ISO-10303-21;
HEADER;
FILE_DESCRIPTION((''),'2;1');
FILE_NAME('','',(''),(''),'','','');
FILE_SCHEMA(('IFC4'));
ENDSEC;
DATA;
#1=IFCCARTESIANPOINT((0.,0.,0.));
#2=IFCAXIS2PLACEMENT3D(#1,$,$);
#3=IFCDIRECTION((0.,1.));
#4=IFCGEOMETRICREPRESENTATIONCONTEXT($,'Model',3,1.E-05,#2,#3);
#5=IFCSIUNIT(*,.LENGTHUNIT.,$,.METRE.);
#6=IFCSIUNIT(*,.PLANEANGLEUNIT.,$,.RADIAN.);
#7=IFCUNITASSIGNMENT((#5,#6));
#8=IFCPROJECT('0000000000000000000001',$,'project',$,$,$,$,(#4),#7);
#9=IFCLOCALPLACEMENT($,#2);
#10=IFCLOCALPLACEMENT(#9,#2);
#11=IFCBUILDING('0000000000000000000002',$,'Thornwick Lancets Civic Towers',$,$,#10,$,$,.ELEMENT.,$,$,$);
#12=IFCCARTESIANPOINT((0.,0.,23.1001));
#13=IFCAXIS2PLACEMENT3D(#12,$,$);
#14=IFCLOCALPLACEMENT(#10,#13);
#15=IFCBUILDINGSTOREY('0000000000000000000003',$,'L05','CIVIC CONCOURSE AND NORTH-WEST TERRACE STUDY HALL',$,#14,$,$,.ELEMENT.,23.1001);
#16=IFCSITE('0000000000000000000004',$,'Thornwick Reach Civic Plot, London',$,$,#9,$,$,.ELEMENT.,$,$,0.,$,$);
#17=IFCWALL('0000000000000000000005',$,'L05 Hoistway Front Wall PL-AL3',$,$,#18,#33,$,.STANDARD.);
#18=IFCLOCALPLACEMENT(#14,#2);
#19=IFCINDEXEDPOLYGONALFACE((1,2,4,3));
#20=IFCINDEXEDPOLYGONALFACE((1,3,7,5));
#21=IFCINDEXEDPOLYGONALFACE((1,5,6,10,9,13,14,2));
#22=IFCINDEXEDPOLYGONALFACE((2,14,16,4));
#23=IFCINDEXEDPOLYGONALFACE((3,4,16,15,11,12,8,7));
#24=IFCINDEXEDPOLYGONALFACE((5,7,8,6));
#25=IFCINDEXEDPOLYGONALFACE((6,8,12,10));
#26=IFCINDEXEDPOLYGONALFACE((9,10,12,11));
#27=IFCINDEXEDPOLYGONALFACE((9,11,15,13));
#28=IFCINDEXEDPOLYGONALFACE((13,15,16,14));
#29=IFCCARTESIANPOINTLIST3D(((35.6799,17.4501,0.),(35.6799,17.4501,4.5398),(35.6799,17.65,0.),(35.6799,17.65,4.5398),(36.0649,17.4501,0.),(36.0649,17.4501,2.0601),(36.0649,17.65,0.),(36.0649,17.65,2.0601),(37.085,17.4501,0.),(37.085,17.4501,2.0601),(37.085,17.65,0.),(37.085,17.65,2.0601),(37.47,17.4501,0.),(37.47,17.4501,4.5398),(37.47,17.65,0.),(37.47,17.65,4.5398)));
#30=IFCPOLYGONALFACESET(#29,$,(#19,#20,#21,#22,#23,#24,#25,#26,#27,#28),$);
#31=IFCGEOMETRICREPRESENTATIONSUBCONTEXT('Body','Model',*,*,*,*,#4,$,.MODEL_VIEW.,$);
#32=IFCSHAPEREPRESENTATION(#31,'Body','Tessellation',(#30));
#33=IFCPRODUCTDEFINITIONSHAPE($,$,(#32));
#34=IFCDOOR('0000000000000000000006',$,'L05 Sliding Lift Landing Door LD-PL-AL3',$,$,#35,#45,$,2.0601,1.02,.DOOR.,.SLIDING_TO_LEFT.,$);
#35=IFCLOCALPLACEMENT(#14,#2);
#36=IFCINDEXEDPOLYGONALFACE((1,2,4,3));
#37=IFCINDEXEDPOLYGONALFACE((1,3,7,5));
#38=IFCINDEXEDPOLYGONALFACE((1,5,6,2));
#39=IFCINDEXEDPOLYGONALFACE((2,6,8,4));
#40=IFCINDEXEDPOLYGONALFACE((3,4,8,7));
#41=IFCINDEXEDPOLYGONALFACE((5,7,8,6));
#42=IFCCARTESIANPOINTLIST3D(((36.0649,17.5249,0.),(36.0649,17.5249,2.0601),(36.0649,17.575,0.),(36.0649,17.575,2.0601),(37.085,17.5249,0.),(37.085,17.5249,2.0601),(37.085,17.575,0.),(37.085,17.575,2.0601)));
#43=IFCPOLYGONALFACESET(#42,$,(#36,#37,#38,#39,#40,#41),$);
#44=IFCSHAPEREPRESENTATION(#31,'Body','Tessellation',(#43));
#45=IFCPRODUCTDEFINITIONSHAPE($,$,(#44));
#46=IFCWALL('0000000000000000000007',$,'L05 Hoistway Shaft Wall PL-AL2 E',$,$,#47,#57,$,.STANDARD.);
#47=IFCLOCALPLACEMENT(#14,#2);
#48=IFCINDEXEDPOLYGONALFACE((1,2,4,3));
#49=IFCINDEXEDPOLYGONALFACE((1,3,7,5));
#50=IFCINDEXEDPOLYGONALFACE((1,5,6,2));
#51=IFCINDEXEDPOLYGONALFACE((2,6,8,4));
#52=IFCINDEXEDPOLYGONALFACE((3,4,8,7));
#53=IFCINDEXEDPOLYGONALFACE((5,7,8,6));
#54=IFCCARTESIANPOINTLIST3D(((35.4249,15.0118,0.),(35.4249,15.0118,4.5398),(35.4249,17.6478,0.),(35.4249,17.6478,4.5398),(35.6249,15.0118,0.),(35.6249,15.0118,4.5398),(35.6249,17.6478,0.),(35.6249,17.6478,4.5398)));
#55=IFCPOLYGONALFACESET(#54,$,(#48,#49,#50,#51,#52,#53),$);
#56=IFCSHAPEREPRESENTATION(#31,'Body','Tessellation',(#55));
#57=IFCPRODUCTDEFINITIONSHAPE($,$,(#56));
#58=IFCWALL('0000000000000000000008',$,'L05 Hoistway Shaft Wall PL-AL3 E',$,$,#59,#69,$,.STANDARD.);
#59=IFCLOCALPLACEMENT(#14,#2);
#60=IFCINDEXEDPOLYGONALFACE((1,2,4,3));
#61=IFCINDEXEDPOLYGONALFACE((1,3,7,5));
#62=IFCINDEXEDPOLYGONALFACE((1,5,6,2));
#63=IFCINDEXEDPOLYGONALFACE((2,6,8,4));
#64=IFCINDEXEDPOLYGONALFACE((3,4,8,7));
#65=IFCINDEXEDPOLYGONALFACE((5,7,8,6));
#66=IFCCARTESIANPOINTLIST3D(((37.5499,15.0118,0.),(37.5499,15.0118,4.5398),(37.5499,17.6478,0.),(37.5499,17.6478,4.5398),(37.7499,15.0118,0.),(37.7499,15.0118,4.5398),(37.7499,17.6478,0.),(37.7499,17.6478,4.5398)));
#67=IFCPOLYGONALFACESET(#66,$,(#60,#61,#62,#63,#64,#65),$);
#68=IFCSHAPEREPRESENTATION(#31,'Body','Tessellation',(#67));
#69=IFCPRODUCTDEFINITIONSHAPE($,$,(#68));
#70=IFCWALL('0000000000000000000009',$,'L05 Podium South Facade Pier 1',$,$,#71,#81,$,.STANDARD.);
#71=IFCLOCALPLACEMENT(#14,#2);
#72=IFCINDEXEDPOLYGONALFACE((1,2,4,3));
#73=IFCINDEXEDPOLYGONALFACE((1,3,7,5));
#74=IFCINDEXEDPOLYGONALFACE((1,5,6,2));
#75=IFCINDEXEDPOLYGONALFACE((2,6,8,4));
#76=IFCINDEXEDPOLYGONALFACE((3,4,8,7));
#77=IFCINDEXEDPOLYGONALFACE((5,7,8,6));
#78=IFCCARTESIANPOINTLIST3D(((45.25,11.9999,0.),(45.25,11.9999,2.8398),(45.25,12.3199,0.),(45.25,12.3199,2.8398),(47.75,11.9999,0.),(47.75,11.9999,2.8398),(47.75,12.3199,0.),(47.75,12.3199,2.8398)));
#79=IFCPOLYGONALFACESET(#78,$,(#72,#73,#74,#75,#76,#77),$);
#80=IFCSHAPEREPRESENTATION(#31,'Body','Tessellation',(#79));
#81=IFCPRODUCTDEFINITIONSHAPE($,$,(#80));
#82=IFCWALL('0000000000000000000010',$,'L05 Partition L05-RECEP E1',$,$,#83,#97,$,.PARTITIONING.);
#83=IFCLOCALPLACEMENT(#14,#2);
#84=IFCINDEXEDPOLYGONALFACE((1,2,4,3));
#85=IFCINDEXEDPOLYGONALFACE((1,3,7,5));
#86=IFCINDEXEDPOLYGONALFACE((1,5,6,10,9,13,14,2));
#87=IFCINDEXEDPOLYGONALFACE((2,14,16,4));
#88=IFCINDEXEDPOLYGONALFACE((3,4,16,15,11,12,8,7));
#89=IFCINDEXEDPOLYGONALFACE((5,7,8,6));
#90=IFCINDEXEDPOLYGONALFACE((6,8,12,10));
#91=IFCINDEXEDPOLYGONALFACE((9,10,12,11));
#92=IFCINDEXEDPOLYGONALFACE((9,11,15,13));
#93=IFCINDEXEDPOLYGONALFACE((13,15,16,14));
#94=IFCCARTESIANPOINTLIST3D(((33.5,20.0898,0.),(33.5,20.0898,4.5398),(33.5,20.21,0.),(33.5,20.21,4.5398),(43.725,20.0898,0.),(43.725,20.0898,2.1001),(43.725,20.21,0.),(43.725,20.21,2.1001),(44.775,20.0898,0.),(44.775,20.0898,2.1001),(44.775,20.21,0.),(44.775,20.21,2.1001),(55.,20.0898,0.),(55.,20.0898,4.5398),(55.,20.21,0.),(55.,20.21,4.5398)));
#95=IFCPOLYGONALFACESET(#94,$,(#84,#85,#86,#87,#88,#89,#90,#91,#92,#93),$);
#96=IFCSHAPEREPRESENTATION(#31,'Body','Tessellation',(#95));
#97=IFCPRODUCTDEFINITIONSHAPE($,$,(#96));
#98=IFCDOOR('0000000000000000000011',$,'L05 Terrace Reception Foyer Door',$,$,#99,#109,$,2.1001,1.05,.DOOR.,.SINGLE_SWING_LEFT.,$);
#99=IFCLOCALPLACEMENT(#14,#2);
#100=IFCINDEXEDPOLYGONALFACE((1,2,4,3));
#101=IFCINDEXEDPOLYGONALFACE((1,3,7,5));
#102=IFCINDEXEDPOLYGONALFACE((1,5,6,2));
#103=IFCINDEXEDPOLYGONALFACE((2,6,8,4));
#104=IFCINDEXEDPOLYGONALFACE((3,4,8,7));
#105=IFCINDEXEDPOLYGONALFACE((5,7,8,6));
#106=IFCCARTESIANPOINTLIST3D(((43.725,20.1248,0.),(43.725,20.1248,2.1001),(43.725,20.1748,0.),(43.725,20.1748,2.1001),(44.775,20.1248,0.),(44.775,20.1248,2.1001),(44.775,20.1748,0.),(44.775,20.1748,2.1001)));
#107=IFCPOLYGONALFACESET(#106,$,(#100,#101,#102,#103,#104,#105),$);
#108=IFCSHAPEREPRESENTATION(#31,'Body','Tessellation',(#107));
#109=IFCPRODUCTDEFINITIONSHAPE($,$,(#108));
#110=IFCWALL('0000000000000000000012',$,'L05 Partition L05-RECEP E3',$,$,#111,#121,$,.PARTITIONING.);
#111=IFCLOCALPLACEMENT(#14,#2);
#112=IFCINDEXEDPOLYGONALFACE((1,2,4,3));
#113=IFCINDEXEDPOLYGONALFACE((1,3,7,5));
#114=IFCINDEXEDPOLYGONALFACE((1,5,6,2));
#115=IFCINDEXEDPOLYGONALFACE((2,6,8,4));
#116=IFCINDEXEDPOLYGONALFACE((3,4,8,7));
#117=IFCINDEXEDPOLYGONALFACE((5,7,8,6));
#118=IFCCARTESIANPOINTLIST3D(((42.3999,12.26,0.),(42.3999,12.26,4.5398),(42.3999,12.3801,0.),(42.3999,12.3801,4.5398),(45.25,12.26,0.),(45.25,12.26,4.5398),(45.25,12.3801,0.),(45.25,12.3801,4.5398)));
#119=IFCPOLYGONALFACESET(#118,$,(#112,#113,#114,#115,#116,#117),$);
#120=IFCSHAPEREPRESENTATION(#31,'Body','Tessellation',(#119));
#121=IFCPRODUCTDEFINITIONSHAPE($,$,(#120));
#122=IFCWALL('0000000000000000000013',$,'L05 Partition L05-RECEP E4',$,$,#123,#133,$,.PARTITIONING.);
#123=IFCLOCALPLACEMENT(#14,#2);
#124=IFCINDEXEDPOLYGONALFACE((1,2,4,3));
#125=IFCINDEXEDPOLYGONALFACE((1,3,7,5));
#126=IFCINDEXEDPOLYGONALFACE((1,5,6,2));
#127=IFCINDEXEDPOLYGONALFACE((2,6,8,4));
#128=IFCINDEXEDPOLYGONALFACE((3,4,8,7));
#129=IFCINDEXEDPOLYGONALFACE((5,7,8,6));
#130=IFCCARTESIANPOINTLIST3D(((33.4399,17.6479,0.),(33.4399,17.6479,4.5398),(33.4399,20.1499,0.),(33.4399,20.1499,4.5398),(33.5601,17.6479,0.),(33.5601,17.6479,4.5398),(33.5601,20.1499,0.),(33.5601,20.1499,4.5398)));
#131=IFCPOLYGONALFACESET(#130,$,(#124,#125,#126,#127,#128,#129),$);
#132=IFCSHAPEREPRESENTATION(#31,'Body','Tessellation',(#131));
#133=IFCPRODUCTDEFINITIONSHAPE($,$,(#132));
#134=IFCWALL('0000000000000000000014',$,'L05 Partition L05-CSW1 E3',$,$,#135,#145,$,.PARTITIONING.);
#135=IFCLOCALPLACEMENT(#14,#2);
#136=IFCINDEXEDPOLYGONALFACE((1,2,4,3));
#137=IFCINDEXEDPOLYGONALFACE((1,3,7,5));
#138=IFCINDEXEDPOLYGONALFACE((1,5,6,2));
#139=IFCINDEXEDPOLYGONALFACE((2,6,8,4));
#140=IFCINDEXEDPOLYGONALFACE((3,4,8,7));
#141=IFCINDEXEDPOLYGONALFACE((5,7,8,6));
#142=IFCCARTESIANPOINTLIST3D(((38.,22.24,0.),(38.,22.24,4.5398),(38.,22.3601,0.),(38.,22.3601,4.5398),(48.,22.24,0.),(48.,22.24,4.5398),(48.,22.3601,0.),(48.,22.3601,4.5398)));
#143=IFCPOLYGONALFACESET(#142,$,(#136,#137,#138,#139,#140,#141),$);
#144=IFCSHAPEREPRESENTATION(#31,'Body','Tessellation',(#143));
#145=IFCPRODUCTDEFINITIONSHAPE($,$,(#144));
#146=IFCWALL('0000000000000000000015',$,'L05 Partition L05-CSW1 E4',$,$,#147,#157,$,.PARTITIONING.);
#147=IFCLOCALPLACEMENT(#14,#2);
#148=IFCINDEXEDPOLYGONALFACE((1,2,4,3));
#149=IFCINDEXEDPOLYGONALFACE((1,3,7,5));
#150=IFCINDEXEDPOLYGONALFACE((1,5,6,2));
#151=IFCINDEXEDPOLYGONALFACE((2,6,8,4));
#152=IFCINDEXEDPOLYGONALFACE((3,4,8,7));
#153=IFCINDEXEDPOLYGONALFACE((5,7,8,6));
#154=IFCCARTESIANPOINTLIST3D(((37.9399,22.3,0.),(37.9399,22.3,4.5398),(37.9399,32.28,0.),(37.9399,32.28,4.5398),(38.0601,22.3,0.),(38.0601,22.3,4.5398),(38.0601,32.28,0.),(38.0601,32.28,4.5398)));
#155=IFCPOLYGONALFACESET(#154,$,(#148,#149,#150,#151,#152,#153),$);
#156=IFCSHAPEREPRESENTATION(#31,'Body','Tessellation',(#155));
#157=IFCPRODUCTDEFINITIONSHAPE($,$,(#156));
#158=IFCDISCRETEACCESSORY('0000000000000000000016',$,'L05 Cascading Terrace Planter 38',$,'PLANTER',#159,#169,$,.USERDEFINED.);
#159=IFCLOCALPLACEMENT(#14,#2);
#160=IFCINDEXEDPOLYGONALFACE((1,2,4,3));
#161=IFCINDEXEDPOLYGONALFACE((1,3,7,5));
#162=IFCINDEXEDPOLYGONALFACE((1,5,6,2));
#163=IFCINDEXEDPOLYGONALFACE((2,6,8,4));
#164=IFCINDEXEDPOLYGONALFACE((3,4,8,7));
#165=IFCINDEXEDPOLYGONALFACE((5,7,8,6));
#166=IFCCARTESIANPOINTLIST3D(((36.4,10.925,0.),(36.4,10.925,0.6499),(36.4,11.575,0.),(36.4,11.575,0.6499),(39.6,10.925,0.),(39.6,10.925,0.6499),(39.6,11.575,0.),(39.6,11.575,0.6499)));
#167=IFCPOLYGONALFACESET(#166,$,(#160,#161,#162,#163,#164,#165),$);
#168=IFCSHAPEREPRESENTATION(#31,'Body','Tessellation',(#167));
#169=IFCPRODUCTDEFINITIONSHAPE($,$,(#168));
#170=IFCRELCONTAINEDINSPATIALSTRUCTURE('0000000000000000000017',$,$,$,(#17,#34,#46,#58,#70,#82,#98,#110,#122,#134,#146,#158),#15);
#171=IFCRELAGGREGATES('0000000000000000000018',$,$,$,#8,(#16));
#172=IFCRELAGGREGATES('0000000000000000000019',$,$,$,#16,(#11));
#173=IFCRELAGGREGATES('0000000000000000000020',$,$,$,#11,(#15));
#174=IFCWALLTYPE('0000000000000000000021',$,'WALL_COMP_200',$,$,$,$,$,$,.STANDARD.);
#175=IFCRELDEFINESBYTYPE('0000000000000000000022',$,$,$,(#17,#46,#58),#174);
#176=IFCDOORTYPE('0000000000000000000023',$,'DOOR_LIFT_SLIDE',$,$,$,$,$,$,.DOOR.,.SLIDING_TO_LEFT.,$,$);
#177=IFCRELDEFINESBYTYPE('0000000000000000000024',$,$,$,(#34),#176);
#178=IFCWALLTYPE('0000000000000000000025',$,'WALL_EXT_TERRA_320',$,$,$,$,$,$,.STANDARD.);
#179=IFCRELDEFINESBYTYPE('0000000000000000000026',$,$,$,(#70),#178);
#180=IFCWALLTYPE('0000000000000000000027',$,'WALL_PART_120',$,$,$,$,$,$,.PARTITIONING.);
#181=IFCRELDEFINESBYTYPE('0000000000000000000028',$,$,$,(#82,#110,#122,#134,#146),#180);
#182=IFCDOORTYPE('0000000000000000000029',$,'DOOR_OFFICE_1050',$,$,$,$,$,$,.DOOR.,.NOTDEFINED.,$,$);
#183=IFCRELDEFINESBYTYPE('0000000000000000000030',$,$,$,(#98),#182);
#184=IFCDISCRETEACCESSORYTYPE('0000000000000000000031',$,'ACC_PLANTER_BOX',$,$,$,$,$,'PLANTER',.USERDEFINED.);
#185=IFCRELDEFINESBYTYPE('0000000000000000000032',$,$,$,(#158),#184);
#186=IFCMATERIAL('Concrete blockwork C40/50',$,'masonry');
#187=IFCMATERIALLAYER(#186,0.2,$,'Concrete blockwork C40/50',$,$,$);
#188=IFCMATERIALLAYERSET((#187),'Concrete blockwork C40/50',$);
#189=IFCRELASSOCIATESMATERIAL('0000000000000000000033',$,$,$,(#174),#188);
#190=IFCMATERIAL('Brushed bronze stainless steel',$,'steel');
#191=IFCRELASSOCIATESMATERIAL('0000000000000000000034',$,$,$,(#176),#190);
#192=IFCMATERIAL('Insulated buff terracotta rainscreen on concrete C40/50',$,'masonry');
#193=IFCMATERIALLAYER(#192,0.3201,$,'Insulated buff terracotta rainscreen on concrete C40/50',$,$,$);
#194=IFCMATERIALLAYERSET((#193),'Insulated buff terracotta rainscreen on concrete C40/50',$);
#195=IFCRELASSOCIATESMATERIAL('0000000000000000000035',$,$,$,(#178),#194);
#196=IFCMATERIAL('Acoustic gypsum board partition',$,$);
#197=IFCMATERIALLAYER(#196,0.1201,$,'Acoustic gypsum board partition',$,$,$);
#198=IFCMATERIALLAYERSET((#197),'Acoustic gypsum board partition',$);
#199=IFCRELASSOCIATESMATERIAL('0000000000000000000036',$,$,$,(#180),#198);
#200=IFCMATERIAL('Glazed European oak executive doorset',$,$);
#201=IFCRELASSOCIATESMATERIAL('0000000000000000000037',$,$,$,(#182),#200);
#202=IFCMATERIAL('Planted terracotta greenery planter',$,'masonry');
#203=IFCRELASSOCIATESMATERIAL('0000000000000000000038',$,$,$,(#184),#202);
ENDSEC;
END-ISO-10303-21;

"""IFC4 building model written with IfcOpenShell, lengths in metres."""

from ifc_helpers import new_model, si_unit, direction, frame, frame_2d, origin, origin_2d, place, context, subcontext, project, spatial, rectangle, extrude, material, layer, layer_set, type_object, element, fill, save


model = new_model("IFC4")

# Units and contexts
model_context = context("Model", 3, precision=1e-05, world=origin(), true_north=direction((0.0, 1.0)))
body_context = subcontext(model_context, "Body", "Model", "MODEL_VIEW")
ifc_project = project(units=[si_unit("LENGTHUNIT", "METRE"), si_unit("PLANEANGLEUNIT", "RADIAN")], contexts=[model_context])

# Site, building, storey
site_placement = place(None, origin())
site = spatial("IfcSite", under=ifc_project, at=site_placement, Name="Thornwick Reach Civic Plot, London", CompositionType="ELEMENT", RefElevation=0.0)
building_placement = place(site_placement, origin())
building = spatial("IfcBuilding", under=site, at=building_placement, Name="Thornwick Lancets Civic Towers", CompositionType="ELEMENT")
storey_placement = place(building_placement, frame((0.0, 0.0, 23.1001)))
storey = spatial("IfcBuildingStorey", under=building, at=storey_placement, Name="L05", Description="CIVIC CONCOURSE AND NORTH-WEST TERRACE STUDY HALL", CompositionType="ELEMENT", Elevation=23.1001)

# Wall, opening, door
ifc_material_1 = material(Name="Concrete blockwork C40/50", Category="masonry")
ifc_layer_1 = layer(ifc_material_1, 0.2, Name="Concrete blockwork C40/50")
ifc_layer_set_1 = layer_set([ifc_layer_1], Name="Concrete blockwork C40/50")
wall_type_1 = type_object("IfcWallType", Name="WALL_COMP_200", PredefinedType="STANDARD", material=ifc_layer_set_1)
ifc_material_2 = material(Name="Brushed bronze stainless steel", Category="steel")
door_type_1 = type_object("IfcDoorType", Name="DOOR_LIFT_SLIDE", OperationType="SLIDING_TO_LEFT", PredefinedType="DOOR", material=ifc_material_2)
wall_1_placement = place(storey_placement, frame((35.6799, 17.55, 0.0), z_axis=(0.0, 0.0, 1.0), x_axis=(1.0, 0.0, 0.0)))
wall_1 = element("IfcWall", 1, at=wall_1_placement, inside=storey, type_object=wall_type_1, Name="L05 Hoistway Front Wall PL-AL3", PredefinedType="STANDARD", context=body_context, shape_type="SweptSolid", body=[
    extrude(rectangle(XDim=1.79, YDim=0.2, at=frame_2d((0.895, 0.0))), origin(), (0.0, 0.0, 1.0), 4.5398),
])
opening_1_placement = place(wall_1_placement, frame((0.385, 0.0, 0.0)))
opening_1 = element("IfcOpeningElement", 2, at=opening_1_placement, cuts=wall_1, PredefinedType="OPENING", context=body_context, shape_type="SweptSolid", body=[
    extrude(rectangle(XDim=1.02, YDim=2.0601, at=frame_2d((0.51, 1.03))), frame((0.0, 0.1099, 0.0), z_axis=(0.0, -1.0, 0.0), x_axis=(1.0, 0.0, 0.0)), (0.0, 0.0, 1.0), 0.22),
])
door_1_placement = place(opening_1_placement, origin())
door_1 = element("IfcDoor", 3, at=door_1_placement, inside=storey, type_object=door_type_1, Name="L05 Sliding Lift Landing Door LD-PL-AL3", OperationType="SLIDING_TO_LEFT", OverallHeight=2.0601, OverallWidth=1.02, PredefinedType="DOOR", context=body_context, shape_type="SweptSolid", body=[
    extrude(rectangle(XDim=1.02, YDim=2.0601, at=frame_2d((0.51, 1.03))), frame((0.0, 0.0249, 0.0), z_axis=(0.0, -1.0, 0.0), x_axis=(1.0, 0.0, 0.0)), (0.0, 0.0, 1.0), 0.05),
])
fill(opening_1, door_1)

# Walls
for number, where, z_axis, x_axis, name in (
    (4, (35.5249, 15.012, 0.0), (0.0, 0.0, 1.0), (0.0, 1.0, 0.0), "L05 Hoistway Shaft Wall PL-AL2 E"),
    (5, (37.6499, 15.012, 0.0), (0.0, 0.0, 1.0), (0.0, 1.0, 0.0), "L05 Hoistway Shaft Wall PL-AL3 E"),
):
    element("IfcWall", number, at=place(storey_placement, frame(where, z_axis=z_axis, x_axis=x_axis)), inside=storey, type_object=wall_type_1, Name=name, PredefinedType="STANDARD", context=body_context, shape_type="SweptSolid", body=[
        extrude(rectangle(XDim=2.636, YDim=0.2, at=frame_2d((1.3179, 0.0))), origin(), (0.0, 0.0, 1.0), 4.5398),
    ])
ifc_material_3 = material(Name="Insulated buff terracotta rainscreen on concrete C40/50", Category="masonry")
ifc_layer_2 = layer(ifc_material_3, 0.3201, Name="Insulated buff terracotta rainscreen on concrete C40/50")
ifc_layer_set_2 = layer_set([ifc_layer_2], Name="Insulated buff terracotta rainscreen on concrete C40/50")
wall_type_2 = type_object("IfcWallType", Name="WALL_EXT_TERRA_320", PredefinedType="STANDARD", material=ifc_layer_set_2)
wall_2_placement = place(storey_placement, frame((45.25, 12.1599, 0.0), z_axis=(0.0, 0.0, 1.0), x_axis=(1.0, 0.0, 0.0)))
element("IfcWall", 6, at=wall_2_placement, inside=storey, type_object=wall_type_2, Name="L05 Podium South Facade Pier 1", PredefinedType="STANDARD", context=body_context, shape_type="SweptSolid", body=[
    extrude(rectangle(XDim=2.5, YDim=0.3201, at=frame_2d((1.25, 0.0))), origin(), (0.0, 0.0, 1.0), 2.8398),
])

# Wall, opening, door
ifc_material_4 = material(Name="Acoustic gypsum board partition")
ifc_layer_3 = layer(ifc_material_4, 0.1201, Name="Acoustic gypsum board partition")
ifc_layer_set_3 = layer_set([ifc_layer_3], Name="Acoustic gypsum board partition")
wall_type_3 = type_object("IfcWallType", Name="WALL_PART_120", PredefinedType="PARTITIONING", material=ifc_layer_set_3)
wall_3_placement = place(storey_placement, frame((33.5, 20.1499, 0.0), z_axis=(0.0, 0.0, 1.0), x_axis=(1.0, 0.0, 0.0)))
wall_3 = element("IfcWall", 7, at=wall_3_placement, inside=storey, type_object=wall_type_3, Name="L05 Partition L05-RECEP E1", PredefinedType="PARTITIONING", context=body_context, shape_type="SweptSolid", body=[
    extrude(rectangle(XDim=21.5, YDim=0.1201, at=frame_2d((10.75, 0.0))), origin(), (0.0, 0.0, 1.0), 4.5398),
])
opening_2_placement = place(wall_3_placement, frame((10.2251, 0.0, 0.0)))
opening_2 = element("IfcOpeningElement", 8, at=opening_2_placement, cuts=wall_3, PredefinedType="OPENING", context=body_context, shape_type="SweptSolid", body=[
    extrude(rectangle(XDim=1.05, YDim=2.1001, at=frame_2d((0.5249, 1.05))), frame((0.0, 0.0701, 0.0), z_axis=(0.0, -1.0, 0.0), x_axis=(1.0, 0.0, 0.0)), (0.0, 0.0, 1.0), 0.1401),
])
ifc_material_5 = material(Name="Glazed European oak executive doorset")
door_type_2 = type_object("IfcDoorType", Name="DOOR_OFFICE_1050", OperationType="NOTDEFINED", PredefinedType="DOOR", material=ifc_material_5)
door_2_placement = place(opening_2_placement, origin())
door_2 = element("IfcDoor", 9, at=door_2_placement, inside=storey, type_object=door_type_2, Name="L05 Terrace Reception Foyer Door", OperationType="SINGLE_SWING_LEFT", OverallHeight=2.1001, OverallWidth=1.05, PredefinedType="DOOR", context=body_context, shape_type="SweptSolid", body=[
    extrude(rectangle(XDim=1.05, YDim=2.1001, at=frame_2d((0.5249, 1.05))), frame((0.0, 0.0249, 0.0), z_axis=(0.0, -1.0, 0.0), x_axis=(1.0, 0.0, 0.0)), (0.0, 0.0, 1.0), 0.05),
])
fill(opening_2, door_2)

# Walls
wall_4_placement = place(storey_placement, frame((45.25, 12.3201, 0.0), z_axis=(0.0, 0.0, 1.0), x_axis=(-1.0, 0.0, 0.0)))
element("IfcWall", 10, at=wall_4_placement, inside=storey, type_object=wall_type_3, Name="L05 Partition L05-RECEP E3", PredefinedType="PARTITIONING", context=body_context, shape_type="SweptSolid", body=[
    extrude(rectangle(XDim=2.8501, YDim=0.1201, at=frame_2d((1.425, 0.0))), origin(), (0.0, 0.0, 1.0), 4.5398),
])
wall_5_placement = place(storey_placement, frame((33.5, 17.6479, 0.0), z_axis=(0.0, 0.0, 1.0), x_axis=(0.0, 1.0, 0.0)))
element("IfcWall", 11, at=wall_5_placement, inside=storey, type_object=wall_type_3, Name="L05 Partition L05-RECEP E4", PredefinedType="PARTITIONING", context=body_context, shape_type="SweptSolid", body=[
    extrude(rectangle(XDim=2.502, YDim=0.1201, at=frame_2d((1.251, 0.0))), origin(), (0.0, 0.0, 1.0), 4.5398),
])
wall_6_placement = place(storey_placement, frame((48.0, 22.3, 0.0), z_axis=(0.0, 0.0, 1.0), x_axis=(-1.0, 0.0, 0.0)))
element("IfcWall", 12, at=wall_6_placement, inside=storey, type_object=wall_type_3, Name="L05 Partition L05-CSW1 E3", PredefinedType="PARTITIONING", context=body_context, shape_type="SweptSolid", body=[
    extrude(rectangle(XDim=10.0, YDim=0.1201, at=frame_2d((5.0, 0.0))), origin(), (0.0, 0.0, 1.0), 4.5398),
])
wall_7_placement = place(storey_placement, frame((38.0, 22.3, 0.0), z_axis=(0.0, 0.0, 1.0), x_axis=(0.0, 1.0, 0.0)))
element("IfcWall", 13, at=wall_7_placement, inside=storey, type_object=wall_type_3, Name="L05 Partition L05-CSW1 E4", PredefinedType="PARTITIONING", context=body_context, shape_type="SweptSolid", body=[
    extrude(rectangle(XDim=9.98, YDim=0.1201, at=frame_2d((4.99, 0.0))), origin(), (0.0, 0.0, 1.0), 4.5398),
])

# Discrete accessory
ifc_material_6 = material(Name="Planted terracotta greenery planter", Category="masonry")
discrete_accessory_type = type_object("IfcDiscreteAccessoryType", Name="ACC_PLANTER_BOX", ElementType="PLANTER", PredefinedType="USERDEFINED", material=ifc_material_6)
discrete_accessory_placement = place(storey_placement, frame((38.0, 11.25, 0.0), z_axis=(0.0, 0.0, 1.0), x_axis=(1.0, 0.0, 0.0)))
element("IfcDiscreteAccessory", 14, at=discrete_accessory_placement, inside=storey, type_object=discrete_accessory_type, Name="L05 Cascading Terrace Planter 38", ObjectType="PLANTER", PredefinedType="USERDEFINED", context=body_context, shape_type="SweptSolid", body=[
    extrude(rectangle(XDim=3.2, YDim=0.6499, at=origin_2d()), origin(), (0.0, 0.0, 1.0), 0.6499),
])

save(model, "model.ifc")
